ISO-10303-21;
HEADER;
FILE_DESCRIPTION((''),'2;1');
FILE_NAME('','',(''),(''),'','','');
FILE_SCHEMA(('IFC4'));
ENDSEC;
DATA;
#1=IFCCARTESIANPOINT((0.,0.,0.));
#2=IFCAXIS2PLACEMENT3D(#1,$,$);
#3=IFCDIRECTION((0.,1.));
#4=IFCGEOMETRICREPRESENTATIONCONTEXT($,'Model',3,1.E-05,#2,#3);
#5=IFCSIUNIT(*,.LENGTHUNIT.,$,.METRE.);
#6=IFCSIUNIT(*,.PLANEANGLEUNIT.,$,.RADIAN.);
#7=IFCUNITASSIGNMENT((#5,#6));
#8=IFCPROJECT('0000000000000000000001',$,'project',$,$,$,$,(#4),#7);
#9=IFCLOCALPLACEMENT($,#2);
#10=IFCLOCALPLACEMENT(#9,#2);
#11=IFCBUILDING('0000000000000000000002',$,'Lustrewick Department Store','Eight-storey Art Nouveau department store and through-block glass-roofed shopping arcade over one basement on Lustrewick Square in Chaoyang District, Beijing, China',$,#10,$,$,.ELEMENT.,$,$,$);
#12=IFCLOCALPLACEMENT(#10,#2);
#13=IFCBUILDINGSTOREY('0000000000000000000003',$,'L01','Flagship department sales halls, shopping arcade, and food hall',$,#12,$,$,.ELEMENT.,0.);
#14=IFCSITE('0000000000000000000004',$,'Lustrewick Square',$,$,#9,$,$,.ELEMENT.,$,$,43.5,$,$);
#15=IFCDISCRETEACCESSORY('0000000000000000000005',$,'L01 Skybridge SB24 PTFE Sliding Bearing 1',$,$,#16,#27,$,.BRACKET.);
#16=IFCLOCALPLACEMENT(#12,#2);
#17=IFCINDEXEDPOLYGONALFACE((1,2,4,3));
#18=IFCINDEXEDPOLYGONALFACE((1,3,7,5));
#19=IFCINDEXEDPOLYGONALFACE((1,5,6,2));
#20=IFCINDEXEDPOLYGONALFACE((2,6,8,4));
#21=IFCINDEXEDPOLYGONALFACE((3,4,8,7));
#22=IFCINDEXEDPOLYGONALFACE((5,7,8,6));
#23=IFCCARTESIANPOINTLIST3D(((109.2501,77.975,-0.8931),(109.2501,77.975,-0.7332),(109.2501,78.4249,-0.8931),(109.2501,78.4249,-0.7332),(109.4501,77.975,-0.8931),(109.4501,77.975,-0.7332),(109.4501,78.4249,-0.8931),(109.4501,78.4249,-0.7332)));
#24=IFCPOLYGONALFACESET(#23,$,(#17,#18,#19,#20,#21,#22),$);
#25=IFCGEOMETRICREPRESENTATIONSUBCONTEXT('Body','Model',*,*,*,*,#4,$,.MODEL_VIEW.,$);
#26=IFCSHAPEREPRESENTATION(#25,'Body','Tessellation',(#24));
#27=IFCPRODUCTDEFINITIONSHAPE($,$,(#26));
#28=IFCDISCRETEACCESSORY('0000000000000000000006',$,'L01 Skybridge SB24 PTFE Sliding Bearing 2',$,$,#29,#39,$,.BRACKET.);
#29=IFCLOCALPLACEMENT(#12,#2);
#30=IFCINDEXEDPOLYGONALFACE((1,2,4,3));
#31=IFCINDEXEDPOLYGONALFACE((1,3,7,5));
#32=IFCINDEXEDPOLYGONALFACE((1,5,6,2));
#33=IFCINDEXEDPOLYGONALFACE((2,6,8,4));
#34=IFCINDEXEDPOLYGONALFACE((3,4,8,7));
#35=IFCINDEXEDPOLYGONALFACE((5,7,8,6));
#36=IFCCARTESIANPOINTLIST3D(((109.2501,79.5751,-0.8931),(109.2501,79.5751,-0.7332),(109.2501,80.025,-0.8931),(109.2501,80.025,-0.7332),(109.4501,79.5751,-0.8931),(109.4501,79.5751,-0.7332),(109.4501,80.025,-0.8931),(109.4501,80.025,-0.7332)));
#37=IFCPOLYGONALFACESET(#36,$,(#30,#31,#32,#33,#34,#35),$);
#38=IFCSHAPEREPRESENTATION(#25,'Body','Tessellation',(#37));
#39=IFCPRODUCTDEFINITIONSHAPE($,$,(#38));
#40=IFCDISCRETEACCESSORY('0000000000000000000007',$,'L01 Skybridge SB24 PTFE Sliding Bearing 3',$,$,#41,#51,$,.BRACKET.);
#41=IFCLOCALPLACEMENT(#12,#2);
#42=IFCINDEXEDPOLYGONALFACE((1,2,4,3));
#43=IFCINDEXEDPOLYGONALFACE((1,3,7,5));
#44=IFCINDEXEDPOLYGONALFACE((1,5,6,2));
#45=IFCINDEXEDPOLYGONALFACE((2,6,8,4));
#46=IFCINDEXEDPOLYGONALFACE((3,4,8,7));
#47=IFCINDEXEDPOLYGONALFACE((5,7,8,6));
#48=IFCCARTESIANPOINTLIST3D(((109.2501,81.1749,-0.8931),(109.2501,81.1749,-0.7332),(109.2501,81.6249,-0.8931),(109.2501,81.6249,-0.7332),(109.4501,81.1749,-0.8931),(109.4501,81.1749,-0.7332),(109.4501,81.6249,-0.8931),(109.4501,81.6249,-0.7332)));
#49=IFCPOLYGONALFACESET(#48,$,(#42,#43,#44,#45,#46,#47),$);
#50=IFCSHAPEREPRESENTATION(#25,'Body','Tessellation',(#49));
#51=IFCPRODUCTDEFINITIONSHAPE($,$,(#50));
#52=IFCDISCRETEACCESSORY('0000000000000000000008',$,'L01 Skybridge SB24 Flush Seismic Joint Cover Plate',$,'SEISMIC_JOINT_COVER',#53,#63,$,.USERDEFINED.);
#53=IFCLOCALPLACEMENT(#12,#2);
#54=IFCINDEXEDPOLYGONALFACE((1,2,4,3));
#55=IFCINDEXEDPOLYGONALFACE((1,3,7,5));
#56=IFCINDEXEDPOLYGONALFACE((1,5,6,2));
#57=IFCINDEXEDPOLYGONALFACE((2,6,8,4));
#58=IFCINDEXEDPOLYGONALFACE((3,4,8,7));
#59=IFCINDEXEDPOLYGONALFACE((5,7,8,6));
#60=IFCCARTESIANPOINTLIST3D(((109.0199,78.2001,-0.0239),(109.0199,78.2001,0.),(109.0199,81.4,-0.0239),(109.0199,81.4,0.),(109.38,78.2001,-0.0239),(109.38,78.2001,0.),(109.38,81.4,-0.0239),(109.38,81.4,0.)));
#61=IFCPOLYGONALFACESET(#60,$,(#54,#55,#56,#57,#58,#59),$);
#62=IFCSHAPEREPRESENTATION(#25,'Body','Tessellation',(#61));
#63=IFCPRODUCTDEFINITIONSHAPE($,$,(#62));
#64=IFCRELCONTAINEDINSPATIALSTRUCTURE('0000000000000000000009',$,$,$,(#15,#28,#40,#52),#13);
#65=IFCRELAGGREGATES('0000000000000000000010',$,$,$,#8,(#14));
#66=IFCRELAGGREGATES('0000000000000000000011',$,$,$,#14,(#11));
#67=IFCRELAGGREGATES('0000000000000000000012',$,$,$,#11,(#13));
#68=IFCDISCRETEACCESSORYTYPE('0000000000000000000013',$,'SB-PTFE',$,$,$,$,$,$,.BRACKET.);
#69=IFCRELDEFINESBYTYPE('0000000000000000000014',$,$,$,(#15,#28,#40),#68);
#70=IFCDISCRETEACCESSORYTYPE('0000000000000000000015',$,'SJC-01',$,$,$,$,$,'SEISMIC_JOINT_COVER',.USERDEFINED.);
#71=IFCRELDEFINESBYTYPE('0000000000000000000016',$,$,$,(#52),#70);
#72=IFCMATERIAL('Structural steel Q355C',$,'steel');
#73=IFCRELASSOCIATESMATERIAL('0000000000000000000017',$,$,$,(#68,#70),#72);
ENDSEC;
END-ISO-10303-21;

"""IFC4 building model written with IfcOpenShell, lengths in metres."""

from ifc_helpers import new_model, si_unit, direction, frame, origin, origin_2d, place, context, subcontext, project, spatial, rectangle, extrude, material, type_object, element, save


model = new_model("IFC4")

# Units and contexts
model_context = context("Model", 3, precision=1e-05, world=origin(), true_north=direction((0.0, 1.0)))
body_context = subcontext(model_context, "Body", "Model", "MODEL_VIEW")
ifc_project = project(units=[si_unit("LENGTHUNIT", "METRE"), si_unit("PLANEANGLEUNIT", "RADIAN")], contexts=[model_context])

# Site, building, storey
site_placement = place(None, origin())
site = spatial("IfcSite", under=ifc_project, at=site_placement, Name="Lustrewick Square", CompositionType="ELEMENT", RefElevation=43.5)
building_placement = place(site_placement, origin())
building = spatial("IfcBuilding", under=site, at=building_placement, Name="Lustrewick Department Store", Description="Eight-storey Art Nouveau department store and through-block glass-roofed shopping arcade over one basement on Lustrewick Square in Chaoyang District, Beijing, China", CompositionType="ELEMENT")
storey_placement = place(building_placement, origin())
storey = spatial("IfcBuildingStorey", under=building, at=storey_placement, Name="L01", Description="Flagship department sales halls, shopping arcade, and food hall", CompositionType="ELEMENT", Elevation=0.0)

# Shared definitions
ifc_material_1 = material(Name="Structural steel Q355C", Category="steel")

# Discrete accessories
discrete_accessory_type_1 = type_object("IfcDiscreteAccessoryType", Name="SB-PTFE", PredefinedType="BRACKET", material=ifc_material_1)
for number, where, z_axis, x_axis, name in (
    (1, (109.3501, 78.2, -0.8931), (0.0, 0.0, 1.0), (1.0, 0.0, 0.0), "L01 Skybridge SB24 PTFE Sliding Bearing 1"),
    (2, (109.3501, 79.8, -0.8931), (0.0, 0.0, 1.0), (1.0, 0.0, 0.0), "L01 Skybridge SB24 PTFE Sliding Bearing 2"),
    (3, (109.3501, 81.3999, -0.8931), (0.0, 0.0, 1.0), (1.0, 0.0, 0.0), "L01 Skybridge SB24 PTFE Sliding Bearing 3"),
):
    element("IfcDiscreteAccessory", number, at=place(storey_placement, frame(where, z_axis=z_axis, x_axis=x_axis)), inside=storey, type_object=discrete_accessory_type_1, Name=name, PredefinedType="BRACKET", context=body_context, shape_type="SweptSolid", body=[
        extrude(rectangle(XDim=0.2, YDim=0.45, at=origin_2d()), origin(), (0.0, 0.0, 1.0), 0.1599),
    ])
discrete_accessory_type_2 = type_object("IfcDiscreteAccessoryType", Name="SJC-01", ElementType="SEISMIC_JOINT_COVER", PredefinedType="USERDEFINED", material=ifc_material_1)
discrete_accessory_placement = place(storey_placement, frame((109.2, 79.8, -0.0239), z_axis=(0.0, 0.0, 1.0), x_axis=(1.0, 0.0, 0.0)))
element("IfcDiscreteAccessory", 4, at=discrete_accessory_placement, inside=storey, type_object=discrete_accessory_type_2, Name="L01 Skybridge SB24 Flush Seismic Joint Cover Plate", ObjectType="SEISMIC_JOINT_COVER", PredefinedType="USERDEFINED", context=body_context, shape_type="SweptSolid", body=[
    extrude(rectangle(XDim=0.3601, YDim=3.2, at=origin_2d()), origin(), (0.0, 0.0, 1.0), 0.0239),
])

save(model, "model.ifc")
